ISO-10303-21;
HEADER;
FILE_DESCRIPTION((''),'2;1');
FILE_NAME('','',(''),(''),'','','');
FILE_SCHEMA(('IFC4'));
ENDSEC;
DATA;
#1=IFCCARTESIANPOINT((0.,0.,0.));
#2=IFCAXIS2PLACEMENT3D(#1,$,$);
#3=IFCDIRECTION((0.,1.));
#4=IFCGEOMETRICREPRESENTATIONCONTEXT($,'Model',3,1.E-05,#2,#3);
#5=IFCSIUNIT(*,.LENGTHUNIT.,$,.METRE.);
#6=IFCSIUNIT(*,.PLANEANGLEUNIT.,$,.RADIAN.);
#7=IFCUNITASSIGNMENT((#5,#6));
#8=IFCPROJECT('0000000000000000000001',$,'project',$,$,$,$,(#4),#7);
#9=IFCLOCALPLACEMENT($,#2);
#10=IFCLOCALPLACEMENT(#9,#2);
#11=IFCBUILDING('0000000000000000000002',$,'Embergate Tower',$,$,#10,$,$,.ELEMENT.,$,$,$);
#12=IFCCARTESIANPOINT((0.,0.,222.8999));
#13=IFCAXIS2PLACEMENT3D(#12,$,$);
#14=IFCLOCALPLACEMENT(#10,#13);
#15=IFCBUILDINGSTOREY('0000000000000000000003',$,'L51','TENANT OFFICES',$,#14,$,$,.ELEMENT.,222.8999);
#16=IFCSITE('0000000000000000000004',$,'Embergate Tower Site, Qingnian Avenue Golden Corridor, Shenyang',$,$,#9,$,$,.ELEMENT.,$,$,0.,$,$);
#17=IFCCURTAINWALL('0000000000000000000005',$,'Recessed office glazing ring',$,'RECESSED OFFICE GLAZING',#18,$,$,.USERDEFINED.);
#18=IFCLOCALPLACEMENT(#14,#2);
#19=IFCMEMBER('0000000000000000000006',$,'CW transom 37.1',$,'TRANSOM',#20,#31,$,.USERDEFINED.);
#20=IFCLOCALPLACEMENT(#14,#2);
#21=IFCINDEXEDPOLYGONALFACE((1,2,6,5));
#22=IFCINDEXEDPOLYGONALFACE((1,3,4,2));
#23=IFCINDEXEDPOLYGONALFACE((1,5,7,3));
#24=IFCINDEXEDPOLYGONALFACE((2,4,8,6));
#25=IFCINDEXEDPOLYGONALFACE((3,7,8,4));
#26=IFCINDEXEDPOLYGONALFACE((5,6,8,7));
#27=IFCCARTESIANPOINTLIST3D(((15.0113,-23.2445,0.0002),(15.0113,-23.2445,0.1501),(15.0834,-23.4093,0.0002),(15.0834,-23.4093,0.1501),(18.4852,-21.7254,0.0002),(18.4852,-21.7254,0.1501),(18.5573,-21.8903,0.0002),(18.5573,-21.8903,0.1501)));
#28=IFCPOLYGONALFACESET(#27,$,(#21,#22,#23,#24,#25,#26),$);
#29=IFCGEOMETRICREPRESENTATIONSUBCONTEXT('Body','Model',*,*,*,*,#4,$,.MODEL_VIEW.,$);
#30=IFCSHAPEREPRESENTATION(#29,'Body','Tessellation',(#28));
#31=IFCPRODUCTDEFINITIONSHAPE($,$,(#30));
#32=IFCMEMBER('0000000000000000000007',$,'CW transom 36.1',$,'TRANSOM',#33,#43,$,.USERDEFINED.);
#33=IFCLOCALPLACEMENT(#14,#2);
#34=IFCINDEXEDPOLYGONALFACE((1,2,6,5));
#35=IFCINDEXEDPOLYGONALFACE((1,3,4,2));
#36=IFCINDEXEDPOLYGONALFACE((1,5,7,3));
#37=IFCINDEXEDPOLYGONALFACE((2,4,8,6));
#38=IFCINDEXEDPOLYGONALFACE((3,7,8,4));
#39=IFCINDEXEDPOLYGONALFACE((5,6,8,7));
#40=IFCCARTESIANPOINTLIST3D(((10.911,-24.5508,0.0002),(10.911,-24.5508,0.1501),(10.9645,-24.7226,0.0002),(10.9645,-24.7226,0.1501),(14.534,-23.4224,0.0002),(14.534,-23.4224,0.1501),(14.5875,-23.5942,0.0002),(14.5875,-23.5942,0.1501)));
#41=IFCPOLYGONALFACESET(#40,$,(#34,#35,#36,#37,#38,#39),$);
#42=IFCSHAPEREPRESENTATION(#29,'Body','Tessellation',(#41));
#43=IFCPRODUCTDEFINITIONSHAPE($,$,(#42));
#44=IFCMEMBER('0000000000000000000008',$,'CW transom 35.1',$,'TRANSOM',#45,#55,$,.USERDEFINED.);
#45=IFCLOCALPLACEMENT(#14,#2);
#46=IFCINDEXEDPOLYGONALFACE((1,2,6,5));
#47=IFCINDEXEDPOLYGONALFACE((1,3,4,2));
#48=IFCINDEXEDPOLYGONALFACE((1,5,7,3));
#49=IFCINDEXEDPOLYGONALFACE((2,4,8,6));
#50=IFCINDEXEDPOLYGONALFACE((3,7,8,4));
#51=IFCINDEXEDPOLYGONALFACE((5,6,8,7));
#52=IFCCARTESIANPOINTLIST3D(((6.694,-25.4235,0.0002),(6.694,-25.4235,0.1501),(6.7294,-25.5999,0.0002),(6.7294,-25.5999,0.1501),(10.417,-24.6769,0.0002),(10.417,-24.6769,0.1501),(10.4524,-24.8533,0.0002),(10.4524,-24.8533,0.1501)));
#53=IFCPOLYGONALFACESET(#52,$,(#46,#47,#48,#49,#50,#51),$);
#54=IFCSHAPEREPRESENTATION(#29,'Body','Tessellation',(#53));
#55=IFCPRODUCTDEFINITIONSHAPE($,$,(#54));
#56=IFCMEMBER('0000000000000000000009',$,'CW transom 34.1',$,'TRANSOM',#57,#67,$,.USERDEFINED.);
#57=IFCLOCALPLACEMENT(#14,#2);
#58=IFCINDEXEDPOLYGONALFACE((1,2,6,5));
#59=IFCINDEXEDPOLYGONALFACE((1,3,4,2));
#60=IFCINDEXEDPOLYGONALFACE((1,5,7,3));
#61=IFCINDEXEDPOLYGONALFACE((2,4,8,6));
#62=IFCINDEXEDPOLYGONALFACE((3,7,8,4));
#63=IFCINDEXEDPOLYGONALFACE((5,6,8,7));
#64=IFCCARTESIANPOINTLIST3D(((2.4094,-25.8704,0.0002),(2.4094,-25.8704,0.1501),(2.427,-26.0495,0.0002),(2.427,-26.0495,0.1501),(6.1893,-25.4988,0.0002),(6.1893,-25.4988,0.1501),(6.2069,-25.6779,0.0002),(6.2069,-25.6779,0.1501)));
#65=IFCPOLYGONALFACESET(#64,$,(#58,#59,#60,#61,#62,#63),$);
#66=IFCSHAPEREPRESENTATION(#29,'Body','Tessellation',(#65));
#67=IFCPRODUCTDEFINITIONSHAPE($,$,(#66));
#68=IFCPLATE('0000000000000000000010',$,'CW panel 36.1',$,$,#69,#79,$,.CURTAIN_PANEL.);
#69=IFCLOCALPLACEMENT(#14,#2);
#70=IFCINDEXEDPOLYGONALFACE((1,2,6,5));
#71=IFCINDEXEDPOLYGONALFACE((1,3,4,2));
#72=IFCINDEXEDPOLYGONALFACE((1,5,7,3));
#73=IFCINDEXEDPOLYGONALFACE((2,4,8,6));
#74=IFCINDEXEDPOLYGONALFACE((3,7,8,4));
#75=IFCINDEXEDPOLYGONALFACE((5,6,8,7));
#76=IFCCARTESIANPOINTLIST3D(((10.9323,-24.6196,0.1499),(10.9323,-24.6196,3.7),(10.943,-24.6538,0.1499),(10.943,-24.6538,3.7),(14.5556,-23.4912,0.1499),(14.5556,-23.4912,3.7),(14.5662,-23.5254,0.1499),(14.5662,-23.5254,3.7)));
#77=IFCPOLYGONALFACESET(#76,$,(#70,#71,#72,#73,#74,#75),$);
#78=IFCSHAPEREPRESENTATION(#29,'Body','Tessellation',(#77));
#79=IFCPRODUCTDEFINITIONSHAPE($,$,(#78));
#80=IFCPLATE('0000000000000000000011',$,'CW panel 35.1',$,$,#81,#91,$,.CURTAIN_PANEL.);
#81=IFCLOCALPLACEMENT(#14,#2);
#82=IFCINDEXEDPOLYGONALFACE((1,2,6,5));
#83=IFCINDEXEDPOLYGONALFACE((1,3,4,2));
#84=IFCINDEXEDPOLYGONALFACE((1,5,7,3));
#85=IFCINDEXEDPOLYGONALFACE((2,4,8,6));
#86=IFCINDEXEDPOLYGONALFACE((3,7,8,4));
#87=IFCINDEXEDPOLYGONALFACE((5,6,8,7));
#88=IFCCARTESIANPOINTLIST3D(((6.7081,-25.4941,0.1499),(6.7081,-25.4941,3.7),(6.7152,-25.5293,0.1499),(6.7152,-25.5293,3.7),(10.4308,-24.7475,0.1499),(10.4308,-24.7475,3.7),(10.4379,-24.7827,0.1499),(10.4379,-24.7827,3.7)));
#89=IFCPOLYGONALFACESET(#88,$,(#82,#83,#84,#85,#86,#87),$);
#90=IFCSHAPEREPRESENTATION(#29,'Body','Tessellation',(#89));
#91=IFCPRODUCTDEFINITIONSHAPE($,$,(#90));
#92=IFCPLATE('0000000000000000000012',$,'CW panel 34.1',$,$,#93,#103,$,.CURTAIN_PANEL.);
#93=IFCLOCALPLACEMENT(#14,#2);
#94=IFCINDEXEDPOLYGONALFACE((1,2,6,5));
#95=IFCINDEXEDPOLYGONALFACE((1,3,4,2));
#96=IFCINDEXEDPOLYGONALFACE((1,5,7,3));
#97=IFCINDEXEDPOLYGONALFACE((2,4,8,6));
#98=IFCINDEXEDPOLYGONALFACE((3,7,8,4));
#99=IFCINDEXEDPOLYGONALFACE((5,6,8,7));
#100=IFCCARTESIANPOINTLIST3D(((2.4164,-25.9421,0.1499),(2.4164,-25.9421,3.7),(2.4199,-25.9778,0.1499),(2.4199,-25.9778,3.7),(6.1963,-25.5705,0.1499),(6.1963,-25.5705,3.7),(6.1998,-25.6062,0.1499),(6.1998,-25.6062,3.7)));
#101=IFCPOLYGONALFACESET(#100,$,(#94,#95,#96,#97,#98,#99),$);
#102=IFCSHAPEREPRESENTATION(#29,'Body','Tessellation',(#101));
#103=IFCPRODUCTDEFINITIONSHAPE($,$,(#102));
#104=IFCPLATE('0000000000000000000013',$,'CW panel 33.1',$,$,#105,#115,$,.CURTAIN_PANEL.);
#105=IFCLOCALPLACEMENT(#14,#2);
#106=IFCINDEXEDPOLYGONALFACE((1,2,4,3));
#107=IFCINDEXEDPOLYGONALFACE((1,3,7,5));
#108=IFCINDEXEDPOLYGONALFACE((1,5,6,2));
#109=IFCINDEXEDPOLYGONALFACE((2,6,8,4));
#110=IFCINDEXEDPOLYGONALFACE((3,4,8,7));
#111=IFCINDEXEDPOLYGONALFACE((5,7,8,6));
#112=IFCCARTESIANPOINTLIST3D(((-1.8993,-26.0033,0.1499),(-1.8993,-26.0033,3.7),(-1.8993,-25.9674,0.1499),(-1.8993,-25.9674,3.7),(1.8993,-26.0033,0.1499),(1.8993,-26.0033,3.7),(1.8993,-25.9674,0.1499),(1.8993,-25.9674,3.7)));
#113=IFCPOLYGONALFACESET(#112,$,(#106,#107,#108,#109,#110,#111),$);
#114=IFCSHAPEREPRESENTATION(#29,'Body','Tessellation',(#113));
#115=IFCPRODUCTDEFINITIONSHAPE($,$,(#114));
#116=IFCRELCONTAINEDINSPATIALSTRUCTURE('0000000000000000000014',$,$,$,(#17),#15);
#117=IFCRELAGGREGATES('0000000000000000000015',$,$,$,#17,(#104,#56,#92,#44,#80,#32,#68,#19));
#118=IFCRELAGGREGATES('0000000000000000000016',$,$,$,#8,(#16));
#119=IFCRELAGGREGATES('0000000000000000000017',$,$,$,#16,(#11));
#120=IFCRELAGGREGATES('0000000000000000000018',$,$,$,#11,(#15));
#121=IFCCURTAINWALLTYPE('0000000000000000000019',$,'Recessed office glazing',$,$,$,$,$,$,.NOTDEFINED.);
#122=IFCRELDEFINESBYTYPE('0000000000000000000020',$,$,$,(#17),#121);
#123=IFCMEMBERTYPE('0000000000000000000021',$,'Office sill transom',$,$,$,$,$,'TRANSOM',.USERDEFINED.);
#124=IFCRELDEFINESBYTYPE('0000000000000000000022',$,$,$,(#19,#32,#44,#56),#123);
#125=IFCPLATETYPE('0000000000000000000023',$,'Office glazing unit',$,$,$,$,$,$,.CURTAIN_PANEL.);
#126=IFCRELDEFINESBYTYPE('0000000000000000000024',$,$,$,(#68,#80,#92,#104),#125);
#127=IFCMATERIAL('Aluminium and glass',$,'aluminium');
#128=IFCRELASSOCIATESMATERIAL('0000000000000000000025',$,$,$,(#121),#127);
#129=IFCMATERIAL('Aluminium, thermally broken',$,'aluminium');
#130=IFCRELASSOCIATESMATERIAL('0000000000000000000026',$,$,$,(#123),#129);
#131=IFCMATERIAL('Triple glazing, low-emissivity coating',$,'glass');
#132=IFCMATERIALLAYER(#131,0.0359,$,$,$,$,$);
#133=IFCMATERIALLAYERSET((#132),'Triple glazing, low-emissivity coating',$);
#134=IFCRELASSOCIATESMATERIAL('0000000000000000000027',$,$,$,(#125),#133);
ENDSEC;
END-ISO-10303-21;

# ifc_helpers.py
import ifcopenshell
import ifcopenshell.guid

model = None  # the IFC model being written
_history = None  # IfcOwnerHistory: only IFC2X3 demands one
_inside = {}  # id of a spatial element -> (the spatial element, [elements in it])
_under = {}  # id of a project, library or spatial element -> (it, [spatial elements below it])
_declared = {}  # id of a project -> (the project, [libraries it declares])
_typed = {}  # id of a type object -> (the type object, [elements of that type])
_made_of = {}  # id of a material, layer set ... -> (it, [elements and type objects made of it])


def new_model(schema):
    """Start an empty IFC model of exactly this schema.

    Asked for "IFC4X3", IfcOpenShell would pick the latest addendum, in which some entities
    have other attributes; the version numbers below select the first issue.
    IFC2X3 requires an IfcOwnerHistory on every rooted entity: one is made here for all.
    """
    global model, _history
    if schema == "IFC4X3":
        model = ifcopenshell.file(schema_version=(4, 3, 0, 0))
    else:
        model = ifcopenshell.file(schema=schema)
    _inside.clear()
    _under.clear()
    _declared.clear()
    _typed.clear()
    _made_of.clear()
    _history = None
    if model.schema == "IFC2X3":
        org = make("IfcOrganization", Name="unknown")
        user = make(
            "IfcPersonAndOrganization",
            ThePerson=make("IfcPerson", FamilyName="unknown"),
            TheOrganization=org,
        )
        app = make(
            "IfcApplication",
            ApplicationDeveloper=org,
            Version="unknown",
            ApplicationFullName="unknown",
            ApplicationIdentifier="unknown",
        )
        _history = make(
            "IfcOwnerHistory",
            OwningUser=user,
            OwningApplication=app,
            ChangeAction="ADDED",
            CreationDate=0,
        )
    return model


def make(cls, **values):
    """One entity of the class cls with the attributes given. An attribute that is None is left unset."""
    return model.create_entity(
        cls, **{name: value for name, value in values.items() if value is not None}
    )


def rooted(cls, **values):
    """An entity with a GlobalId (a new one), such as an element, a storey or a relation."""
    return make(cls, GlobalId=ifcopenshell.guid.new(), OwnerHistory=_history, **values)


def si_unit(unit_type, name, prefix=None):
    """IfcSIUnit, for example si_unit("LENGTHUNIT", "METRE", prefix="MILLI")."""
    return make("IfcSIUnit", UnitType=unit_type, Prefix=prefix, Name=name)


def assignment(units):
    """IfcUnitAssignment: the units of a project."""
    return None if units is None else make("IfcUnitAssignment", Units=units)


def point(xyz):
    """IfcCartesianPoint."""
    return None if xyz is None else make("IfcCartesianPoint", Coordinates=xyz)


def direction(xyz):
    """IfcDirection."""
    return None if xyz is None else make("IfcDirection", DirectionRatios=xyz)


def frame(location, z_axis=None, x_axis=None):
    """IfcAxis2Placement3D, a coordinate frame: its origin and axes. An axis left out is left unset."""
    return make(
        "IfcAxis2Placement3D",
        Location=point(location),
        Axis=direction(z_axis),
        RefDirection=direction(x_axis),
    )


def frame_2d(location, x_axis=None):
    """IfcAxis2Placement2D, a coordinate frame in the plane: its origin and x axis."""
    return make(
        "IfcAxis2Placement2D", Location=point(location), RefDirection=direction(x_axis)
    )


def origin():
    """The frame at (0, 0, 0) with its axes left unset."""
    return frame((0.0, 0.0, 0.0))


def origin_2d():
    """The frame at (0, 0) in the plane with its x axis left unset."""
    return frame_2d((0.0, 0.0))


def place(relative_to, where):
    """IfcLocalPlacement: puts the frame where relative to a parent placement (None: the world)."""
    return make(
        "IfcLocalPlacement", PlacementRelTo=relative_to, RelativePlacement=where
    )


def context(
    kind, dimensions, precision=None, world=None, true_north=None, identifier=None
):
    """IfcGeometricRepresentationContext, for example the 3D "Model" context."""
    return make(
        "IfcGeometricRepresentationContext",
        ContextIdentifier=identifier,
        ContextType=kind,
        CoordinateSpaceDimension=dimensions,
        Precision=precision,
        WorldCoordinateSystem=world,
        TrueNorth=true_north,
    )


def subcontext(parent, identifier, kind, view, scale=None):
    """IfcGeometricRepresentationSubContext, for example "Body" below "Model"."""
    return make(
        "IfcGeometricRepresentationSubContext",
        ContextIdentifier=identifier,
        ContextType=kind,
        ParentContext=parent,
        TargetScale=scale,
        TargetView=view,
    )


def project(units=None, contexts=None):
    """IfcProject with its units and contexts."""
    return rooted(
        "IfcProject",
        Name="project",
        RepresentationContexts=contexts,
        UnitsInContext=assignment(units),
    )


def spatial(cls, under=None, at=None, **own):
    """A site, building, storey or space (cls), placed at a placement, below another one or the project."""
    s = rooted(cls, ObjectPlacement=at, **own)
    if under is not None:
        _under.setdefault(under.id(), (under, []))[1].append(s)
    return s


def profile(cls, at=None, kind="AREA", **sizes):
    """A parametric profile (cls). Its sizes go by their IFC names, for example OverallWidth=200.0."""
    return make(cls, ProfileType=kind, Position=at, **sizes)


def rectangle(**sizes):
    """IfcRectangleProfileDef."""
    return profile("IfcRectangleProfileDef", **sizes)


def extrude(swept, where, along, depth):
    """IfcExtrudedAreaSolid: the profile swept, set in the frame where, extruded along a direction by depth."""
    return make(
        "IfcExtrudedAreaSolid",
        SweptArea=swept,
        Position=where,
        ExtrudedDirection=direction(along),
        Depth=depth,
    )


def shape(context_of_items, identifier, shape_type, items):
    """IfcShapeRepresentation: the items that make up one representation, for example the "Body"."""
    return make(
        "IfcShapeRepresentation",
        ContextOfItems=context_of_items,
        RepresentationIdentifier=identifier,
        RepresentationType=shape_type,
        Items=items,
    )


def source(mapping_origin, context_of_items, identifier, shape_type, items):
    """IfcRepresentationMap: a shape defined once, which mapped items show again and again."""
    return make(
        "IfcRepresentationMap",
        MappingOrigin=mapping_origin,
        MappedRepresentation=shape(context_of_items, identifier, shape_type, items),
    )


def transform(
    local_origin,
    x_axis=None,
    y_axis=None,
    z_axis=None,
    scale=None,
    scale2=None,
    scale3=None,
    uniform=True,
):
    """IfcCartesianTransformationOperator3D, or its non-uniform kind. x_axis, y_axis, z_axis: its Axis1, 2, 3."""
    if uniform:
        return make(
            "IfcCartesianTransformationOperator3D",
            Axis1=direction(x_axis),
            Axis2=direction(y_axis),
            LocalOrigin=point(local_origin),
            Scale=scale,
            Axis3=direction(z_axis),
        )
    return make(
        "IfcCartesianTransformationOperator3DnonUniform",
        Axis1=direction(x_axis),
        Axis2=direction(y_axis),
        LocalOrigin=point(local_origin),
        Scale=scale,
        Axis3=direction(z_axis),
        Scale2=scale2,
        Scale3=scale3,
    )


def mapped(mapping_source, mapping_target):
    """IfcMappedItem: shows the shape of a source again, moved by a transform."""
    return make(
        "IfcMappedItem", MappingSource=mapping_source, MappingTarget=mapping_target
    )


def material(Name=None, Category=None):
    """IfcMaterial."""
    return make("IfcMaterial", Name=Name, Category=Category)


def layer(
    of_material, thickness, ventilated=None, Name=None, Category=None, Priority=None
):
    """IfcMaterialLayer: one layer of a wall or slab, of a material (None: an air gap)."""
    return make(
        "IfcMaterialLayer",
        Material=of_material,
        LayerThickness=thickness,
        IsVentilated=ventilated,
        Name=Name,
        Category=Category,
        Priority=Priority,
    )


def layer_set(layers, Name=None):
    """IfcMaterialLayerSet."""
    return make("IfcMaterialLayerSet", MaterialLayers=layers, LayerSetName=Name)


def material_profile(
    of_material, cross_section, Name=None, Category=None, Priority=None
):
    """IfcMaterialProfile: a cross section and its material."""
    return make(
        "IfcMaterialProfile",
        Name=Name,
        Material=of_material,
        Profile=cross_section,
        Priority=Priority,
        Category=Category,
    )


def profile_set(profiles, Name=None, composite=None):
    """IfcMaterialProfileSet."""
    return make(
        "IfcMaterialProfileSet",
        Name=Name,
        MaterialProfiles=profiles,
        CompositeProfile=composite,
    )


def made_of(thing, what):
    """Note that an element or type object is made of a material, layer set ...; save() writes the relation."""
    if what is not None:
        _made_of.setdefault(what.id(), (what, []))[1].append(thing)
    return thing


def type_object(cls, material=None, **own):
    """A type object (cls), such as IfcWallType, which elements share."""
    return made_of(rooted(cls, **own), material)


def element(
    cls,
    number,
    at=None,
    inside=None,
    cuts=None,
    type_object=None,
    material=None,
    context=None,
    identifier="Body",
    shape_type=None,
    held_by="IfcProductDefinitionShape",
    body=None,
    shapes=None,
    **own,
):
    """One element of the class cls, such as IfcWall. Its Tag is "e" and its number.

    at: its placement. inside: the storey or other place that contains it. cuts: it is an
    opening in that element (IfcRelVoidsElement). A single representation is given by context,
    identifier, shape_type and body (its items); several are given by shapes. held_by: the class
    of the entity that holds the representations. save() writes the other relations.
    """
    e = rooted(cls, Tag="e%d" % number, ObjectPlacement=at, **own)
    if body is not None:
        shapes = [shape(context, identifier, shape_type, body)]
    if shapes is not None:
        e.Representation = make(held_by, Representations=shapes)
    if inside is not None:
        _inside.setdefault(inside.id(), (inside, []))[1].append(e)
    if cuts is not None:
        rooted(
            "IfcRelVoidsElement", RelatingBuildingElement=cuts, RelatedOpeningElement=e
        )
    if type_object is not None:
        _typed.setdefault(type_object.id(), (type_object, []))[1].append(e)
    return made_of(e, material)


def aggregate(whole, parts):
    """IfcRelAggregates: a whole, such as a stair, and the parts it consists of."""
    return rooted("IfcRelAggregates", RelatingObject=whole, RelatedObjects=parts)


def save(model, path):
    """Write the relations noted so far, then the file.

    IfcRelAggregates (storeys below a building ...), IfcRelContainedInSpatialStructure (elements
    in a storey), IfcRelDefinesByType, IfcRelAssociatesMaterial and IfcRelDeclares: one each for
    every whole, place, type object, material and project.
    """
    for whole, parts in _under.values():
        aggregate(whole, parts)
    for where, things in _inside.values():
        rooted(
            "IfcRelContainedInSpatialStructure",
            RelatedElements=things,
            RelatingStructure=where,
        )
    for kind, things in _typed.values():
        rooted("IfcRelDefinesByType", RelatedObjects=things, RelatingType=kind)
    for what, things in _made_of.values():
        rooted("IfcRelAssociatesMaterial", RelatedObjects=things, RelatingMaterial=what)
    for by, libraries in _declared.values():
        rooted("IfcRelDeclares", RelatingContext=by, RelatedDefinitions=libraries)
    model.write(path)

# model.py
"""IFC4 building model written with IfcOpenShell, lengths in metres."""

from ifc_helpers import new_model, si_unit, direction, frame, origin, origin_2d, place, context, subcontext, project, spatial, rectangle, extrude, source, transform, mapped, material, layer, layer_set, material_profile, profile_set, type_object, element, aggregate, save


model = new_model("IFC4")

# Units and contexts
model_context = context("Model", 3, precision=1e-05, world=origin(), true_north=direction((0.0, 1.0)))
body_context = subcontext(model_context, "Body", "Model", "MODEL_VIEW")
ifc_project = project(units=[si_unit("LENGTHUNIT", "METRE"), si_unit("PLANEANGLEUNIT", "RADIAN")], contexts=[model_context])

# Site, building, storey
site_placement = place(None, origin())
site = spatial("IfcSite", under=ifc_project, at=site_placement, Name="Embergate Tower Site, Qingnian Avenue Golden Corridor, Shenyang", CompositionType="ELEMENT", RefElevation=0.0)
building_placement = place(site_placement, origin())
building = spatial("IfcBuilding", under=site, at=building_placement, Name="Embergate Tower", CompositionType="ELEMENT")
storey_placement = place(building_placement, frame((0.0, 0.0, 222.8999)))
storey = spatial("IfcBuildingStorey", under=building, at=storey_placement, Name="L51", Description="TENANT OFFICES", CompositionType="ELEMENT", Elevation=222.8999)

# Curtain wall, members, plates
ifc_material_1 = material(Name="Aluminium and glass", Category="aluminium")
curtain_wall_type = type_object("IfcCurtainWallType", Name="Recessed office glazing", PredefinedType="NOTDEFINED", material=ifc_material_1)
curtain_wall_placement = place(storey_placement, origin())
curtain_wall = element("IfcCurtainWall", 1, at=curtain_wall_placement, inside=storey, type_object=curtain_wall_type, Name="Recessed office glazing ring", ObjectType="RECESSED OFFICE GLAZING", PredefinedType="USERDEFINED")
ifc_material_2 = material(Name="Aluminium, thermally broken", Category="aluminium")
ifc_material_profile_1 = material_profile(ifc_material_2, rectangle(XDim=0.1799, YDim=0.1499, at=origin_2d()), Name="AL 150x180")
ifc_profile_set_1 = profile_set([ifc_material_profile_1], Name="Aluminium, thermally broken")
member_type_1 = type_object("IfcMemberType", Name="Office sill transom", ElementType="TRANSOM", PredefinedType="USERDEFINED", material=ifc_profile_set_1)
shared_shape_1 = source(origin(), body_context, "Body", "SweptSolid", [
    extrude(rectangle(XDim=0.1799, YDim=0.1499, at=origin_2d()), origin(), (0.0, 0.0, 1.0), 3.7915),
])
member_1_placement = place(storey_placement, frame((15.0474, -23.3269, 0.0752), z_axis=(0.916233, 0.400647, 0.0), x_axis=(-0.400647, 0.916233, 0.0)))
member_1 = element("IfcMember", 2, at=member_1_placement, type_object=member_type_1, Name="CW transom 37.1", ObjectType="TRANSOM", PredefinedType="USERDEFINED", context=body_context, shape_type="MappedRepresentation", body=[
    mapped(shared_shape_1, transform((0.0, 0.0, 0.0))),
])
shared_shape_2 = source(origin(), body_context, "Body", "SweptSolid", [
    extrude(rectangle(XDim=0.1799, YDim=0.1499, at=origin_2d()), origin(), (0.0, 0.0, 1.0), 3.7947),
])
member_2_placement = place(storey_placement, frame((10.9377, -24.6367, 0.0752), z_axis=(0.954763, 0.297366, 0.0), x_axis=(-0.297366, 0.954763, 0.0)))
member_2 = element("IfcMember", 3, at=member_2_placement, type_object=member_type_1, Name="CW transom 36.1", ObjectType="TRANSOM", PredefinedType="USERDEFINED", context=body_context, shape_type="MappedRepresentation", body=[
    mapped(shared_shape_2, transform((0.0, 0.0, 0.0))),
])
shared_shape_3 = source(origin(), body_context, "Body", "SweptSolid", [
    extrude(rectangle(XDim=0.1799, YDim=0.1499, at=origin_2d()), origin(), (0.0, 0.0, 1.0), 3.7971),
])
member_3_placement = place(storey_placement, frame((6.7117, -25.5117, 0.0752), z_axis=(0.980479, 0.196623, 0.0), x_axis=(-0.196623, 0.980479, 0.0)))
member_3 = element("IfcMember", 4, at=member_3_placement, type_object=member_type_1, Name="CW transom 35.1", ObjectType="TRANSOM", PredefinedType="USERDEFINED", context=body_context, shape_type="MappedRepresentation", body=[
    mapped(shared_shape_3, transform((0.0, 0.0, 0.0))),
])
shared_shape_4 = source(origin(), body_context, "Body", "SweptSolid", [
    extrude(rectangle(XDim=0.1799, YDim=0.1499, at=origin_2d()), origin(), (0.0, 0.0, 1.0), 3.7981),
])
member_4_placement = place(storey_placement, frame((2.4182, -25.96, 0.0752), z_axis=(0.995203, 0.097836, 0.0), x_axis=(-0.097836, 0.995203, 0.0)))
member_4 = element("IfcMember", 5, at=member_4_placement, type_object=member_type_1, Name="CW transom 34.1", ObjectType="TRANSOM", PredefinedType="USERDEFINED", context=body_context, shape_type="MappedRepresentation", body=[
    mapped(shared_shape_4, transform((0.0, 0.0, 0.0))),
])
ifc_material_3 = material(Name="Triple glazing, low-emissivity coating", Category="glass")
ifc_layer_1 = layer(ifc_material_3, 0.0359)
ifc_layer_set_1 = layer_set([ifc_layer_1], Name="Triple glazing, low-emissivity coating")
plate_type = type_object("IfcPlateType", Name="Office glazing unit", PredefinedType="CURTAIN_PANEL", material=ifc_layer_set_1)
shared_shape_5 = source(origin(), body_context, "Body", "SweptSolid", [
    extrude(rectangle(XDim=3.7949, YDim=0.0359, at=origin_2d()), origin(), (0.0, 0.0, 1.0), 3.55),
])
plate_1_placement = place(storey_placement, frame((12.7493, -24.0725, 0.1499), z_axis=(0.0, 0.0, 1.0), x_axis=(0.954771, 0.297343, 0.0)))
plate_1 = element("IfcPlate", 6, at=plate_1_placement, type_object=plate_type, Name="CW panel 36.1", PredefinedType="CURTAIN_PANEL", context=body_context, shape_type="MappedRepresentation", body=[
    mapped(shared_shape_5, transform((0.0, 0.0, 0.0))),
])
shared_shape_6 = source(origin(), body_context, "Body", "SweptSolid", [
    extrude(rectangle(XDim=3.7969, YDim=0.0359, at=origin_2d()), origin(), (0.0, 0.0, 1.0), 3.55),
])
plate_2_placement = place(storey_placement, frame((8.573, -25.1384, 0.1499), z_axis=(0.0, 0.0, 1.0), x_axis=(0.980475, 0.196643, 0.0)))
plate_2 = element("IfcPlate", 7, at=plate_2_placement, type_object=plate_type, Name="CW panel 35.1", PredefinedType="CURTAIN_PANEL", context=body_context, shape_type="MappedRepresentation", body=[
    mapped(shared_shape_6, transform((0.0, 0.0, 0.0))),
])
shared_shape_7 = source(origin(), body_context, "Body", "SweptSolid", [
    extrude(rectangle(XDim=3.7981, YDim=0.0359, at=origin_2d()), origin(), (0.0, 0.0, 1.0), 3.55),
])
plate_3_placement = place(storey_placement, frame((4.3081, -25.7742, 0.1499), z_axis=(0.0, 0.0, 1.0), x_axis=(0.995203, 0.097831, 0.0)))
plate_3 = element("IfcPlate", 8, at=plate_3_placement, type_object=plate_type, Name="CW panel 34.1", PredefinedType="CURTAIN_PANEL", context=body_context, shape_type="MappedRepresentation", body=[
    mapped(shared_shape_7, transform((0.0, 0.0, 0.0))),
])
shared_shape_8 = source(origin(), body_context, "Body", "SweptSolid", [
    extrude(rectangle(XDim=3.7986, YDim=0.0359, at=origin_2d()), origin(), (0.0, 0.0, 1.0), 3.55),
])
plate_4_placement = place(storey_placement, frame((0.0, -25.9854, 0.1499), z_axis=(0.0, 0.0, 1.0), x_axis=(1.0, 0.0, 0.0)))
plate_4 = element("IfcPlate", 9, at=plate_4_placement, type_object=plate_type, Name="CW panel 33.1", PredefinedType="CURTAIN_PANEL", context=body_context, shape_type="MappedRepresentation", body=[
    mapped(shared_shape_8, transform((0.0, 0.0, 0.0))),
])
aggregate(curtain_wall, [plate_4, member_4, plate_3, member_3, plate_2, member_2, plate_1, member_1])

save(model, "model.ifc")
